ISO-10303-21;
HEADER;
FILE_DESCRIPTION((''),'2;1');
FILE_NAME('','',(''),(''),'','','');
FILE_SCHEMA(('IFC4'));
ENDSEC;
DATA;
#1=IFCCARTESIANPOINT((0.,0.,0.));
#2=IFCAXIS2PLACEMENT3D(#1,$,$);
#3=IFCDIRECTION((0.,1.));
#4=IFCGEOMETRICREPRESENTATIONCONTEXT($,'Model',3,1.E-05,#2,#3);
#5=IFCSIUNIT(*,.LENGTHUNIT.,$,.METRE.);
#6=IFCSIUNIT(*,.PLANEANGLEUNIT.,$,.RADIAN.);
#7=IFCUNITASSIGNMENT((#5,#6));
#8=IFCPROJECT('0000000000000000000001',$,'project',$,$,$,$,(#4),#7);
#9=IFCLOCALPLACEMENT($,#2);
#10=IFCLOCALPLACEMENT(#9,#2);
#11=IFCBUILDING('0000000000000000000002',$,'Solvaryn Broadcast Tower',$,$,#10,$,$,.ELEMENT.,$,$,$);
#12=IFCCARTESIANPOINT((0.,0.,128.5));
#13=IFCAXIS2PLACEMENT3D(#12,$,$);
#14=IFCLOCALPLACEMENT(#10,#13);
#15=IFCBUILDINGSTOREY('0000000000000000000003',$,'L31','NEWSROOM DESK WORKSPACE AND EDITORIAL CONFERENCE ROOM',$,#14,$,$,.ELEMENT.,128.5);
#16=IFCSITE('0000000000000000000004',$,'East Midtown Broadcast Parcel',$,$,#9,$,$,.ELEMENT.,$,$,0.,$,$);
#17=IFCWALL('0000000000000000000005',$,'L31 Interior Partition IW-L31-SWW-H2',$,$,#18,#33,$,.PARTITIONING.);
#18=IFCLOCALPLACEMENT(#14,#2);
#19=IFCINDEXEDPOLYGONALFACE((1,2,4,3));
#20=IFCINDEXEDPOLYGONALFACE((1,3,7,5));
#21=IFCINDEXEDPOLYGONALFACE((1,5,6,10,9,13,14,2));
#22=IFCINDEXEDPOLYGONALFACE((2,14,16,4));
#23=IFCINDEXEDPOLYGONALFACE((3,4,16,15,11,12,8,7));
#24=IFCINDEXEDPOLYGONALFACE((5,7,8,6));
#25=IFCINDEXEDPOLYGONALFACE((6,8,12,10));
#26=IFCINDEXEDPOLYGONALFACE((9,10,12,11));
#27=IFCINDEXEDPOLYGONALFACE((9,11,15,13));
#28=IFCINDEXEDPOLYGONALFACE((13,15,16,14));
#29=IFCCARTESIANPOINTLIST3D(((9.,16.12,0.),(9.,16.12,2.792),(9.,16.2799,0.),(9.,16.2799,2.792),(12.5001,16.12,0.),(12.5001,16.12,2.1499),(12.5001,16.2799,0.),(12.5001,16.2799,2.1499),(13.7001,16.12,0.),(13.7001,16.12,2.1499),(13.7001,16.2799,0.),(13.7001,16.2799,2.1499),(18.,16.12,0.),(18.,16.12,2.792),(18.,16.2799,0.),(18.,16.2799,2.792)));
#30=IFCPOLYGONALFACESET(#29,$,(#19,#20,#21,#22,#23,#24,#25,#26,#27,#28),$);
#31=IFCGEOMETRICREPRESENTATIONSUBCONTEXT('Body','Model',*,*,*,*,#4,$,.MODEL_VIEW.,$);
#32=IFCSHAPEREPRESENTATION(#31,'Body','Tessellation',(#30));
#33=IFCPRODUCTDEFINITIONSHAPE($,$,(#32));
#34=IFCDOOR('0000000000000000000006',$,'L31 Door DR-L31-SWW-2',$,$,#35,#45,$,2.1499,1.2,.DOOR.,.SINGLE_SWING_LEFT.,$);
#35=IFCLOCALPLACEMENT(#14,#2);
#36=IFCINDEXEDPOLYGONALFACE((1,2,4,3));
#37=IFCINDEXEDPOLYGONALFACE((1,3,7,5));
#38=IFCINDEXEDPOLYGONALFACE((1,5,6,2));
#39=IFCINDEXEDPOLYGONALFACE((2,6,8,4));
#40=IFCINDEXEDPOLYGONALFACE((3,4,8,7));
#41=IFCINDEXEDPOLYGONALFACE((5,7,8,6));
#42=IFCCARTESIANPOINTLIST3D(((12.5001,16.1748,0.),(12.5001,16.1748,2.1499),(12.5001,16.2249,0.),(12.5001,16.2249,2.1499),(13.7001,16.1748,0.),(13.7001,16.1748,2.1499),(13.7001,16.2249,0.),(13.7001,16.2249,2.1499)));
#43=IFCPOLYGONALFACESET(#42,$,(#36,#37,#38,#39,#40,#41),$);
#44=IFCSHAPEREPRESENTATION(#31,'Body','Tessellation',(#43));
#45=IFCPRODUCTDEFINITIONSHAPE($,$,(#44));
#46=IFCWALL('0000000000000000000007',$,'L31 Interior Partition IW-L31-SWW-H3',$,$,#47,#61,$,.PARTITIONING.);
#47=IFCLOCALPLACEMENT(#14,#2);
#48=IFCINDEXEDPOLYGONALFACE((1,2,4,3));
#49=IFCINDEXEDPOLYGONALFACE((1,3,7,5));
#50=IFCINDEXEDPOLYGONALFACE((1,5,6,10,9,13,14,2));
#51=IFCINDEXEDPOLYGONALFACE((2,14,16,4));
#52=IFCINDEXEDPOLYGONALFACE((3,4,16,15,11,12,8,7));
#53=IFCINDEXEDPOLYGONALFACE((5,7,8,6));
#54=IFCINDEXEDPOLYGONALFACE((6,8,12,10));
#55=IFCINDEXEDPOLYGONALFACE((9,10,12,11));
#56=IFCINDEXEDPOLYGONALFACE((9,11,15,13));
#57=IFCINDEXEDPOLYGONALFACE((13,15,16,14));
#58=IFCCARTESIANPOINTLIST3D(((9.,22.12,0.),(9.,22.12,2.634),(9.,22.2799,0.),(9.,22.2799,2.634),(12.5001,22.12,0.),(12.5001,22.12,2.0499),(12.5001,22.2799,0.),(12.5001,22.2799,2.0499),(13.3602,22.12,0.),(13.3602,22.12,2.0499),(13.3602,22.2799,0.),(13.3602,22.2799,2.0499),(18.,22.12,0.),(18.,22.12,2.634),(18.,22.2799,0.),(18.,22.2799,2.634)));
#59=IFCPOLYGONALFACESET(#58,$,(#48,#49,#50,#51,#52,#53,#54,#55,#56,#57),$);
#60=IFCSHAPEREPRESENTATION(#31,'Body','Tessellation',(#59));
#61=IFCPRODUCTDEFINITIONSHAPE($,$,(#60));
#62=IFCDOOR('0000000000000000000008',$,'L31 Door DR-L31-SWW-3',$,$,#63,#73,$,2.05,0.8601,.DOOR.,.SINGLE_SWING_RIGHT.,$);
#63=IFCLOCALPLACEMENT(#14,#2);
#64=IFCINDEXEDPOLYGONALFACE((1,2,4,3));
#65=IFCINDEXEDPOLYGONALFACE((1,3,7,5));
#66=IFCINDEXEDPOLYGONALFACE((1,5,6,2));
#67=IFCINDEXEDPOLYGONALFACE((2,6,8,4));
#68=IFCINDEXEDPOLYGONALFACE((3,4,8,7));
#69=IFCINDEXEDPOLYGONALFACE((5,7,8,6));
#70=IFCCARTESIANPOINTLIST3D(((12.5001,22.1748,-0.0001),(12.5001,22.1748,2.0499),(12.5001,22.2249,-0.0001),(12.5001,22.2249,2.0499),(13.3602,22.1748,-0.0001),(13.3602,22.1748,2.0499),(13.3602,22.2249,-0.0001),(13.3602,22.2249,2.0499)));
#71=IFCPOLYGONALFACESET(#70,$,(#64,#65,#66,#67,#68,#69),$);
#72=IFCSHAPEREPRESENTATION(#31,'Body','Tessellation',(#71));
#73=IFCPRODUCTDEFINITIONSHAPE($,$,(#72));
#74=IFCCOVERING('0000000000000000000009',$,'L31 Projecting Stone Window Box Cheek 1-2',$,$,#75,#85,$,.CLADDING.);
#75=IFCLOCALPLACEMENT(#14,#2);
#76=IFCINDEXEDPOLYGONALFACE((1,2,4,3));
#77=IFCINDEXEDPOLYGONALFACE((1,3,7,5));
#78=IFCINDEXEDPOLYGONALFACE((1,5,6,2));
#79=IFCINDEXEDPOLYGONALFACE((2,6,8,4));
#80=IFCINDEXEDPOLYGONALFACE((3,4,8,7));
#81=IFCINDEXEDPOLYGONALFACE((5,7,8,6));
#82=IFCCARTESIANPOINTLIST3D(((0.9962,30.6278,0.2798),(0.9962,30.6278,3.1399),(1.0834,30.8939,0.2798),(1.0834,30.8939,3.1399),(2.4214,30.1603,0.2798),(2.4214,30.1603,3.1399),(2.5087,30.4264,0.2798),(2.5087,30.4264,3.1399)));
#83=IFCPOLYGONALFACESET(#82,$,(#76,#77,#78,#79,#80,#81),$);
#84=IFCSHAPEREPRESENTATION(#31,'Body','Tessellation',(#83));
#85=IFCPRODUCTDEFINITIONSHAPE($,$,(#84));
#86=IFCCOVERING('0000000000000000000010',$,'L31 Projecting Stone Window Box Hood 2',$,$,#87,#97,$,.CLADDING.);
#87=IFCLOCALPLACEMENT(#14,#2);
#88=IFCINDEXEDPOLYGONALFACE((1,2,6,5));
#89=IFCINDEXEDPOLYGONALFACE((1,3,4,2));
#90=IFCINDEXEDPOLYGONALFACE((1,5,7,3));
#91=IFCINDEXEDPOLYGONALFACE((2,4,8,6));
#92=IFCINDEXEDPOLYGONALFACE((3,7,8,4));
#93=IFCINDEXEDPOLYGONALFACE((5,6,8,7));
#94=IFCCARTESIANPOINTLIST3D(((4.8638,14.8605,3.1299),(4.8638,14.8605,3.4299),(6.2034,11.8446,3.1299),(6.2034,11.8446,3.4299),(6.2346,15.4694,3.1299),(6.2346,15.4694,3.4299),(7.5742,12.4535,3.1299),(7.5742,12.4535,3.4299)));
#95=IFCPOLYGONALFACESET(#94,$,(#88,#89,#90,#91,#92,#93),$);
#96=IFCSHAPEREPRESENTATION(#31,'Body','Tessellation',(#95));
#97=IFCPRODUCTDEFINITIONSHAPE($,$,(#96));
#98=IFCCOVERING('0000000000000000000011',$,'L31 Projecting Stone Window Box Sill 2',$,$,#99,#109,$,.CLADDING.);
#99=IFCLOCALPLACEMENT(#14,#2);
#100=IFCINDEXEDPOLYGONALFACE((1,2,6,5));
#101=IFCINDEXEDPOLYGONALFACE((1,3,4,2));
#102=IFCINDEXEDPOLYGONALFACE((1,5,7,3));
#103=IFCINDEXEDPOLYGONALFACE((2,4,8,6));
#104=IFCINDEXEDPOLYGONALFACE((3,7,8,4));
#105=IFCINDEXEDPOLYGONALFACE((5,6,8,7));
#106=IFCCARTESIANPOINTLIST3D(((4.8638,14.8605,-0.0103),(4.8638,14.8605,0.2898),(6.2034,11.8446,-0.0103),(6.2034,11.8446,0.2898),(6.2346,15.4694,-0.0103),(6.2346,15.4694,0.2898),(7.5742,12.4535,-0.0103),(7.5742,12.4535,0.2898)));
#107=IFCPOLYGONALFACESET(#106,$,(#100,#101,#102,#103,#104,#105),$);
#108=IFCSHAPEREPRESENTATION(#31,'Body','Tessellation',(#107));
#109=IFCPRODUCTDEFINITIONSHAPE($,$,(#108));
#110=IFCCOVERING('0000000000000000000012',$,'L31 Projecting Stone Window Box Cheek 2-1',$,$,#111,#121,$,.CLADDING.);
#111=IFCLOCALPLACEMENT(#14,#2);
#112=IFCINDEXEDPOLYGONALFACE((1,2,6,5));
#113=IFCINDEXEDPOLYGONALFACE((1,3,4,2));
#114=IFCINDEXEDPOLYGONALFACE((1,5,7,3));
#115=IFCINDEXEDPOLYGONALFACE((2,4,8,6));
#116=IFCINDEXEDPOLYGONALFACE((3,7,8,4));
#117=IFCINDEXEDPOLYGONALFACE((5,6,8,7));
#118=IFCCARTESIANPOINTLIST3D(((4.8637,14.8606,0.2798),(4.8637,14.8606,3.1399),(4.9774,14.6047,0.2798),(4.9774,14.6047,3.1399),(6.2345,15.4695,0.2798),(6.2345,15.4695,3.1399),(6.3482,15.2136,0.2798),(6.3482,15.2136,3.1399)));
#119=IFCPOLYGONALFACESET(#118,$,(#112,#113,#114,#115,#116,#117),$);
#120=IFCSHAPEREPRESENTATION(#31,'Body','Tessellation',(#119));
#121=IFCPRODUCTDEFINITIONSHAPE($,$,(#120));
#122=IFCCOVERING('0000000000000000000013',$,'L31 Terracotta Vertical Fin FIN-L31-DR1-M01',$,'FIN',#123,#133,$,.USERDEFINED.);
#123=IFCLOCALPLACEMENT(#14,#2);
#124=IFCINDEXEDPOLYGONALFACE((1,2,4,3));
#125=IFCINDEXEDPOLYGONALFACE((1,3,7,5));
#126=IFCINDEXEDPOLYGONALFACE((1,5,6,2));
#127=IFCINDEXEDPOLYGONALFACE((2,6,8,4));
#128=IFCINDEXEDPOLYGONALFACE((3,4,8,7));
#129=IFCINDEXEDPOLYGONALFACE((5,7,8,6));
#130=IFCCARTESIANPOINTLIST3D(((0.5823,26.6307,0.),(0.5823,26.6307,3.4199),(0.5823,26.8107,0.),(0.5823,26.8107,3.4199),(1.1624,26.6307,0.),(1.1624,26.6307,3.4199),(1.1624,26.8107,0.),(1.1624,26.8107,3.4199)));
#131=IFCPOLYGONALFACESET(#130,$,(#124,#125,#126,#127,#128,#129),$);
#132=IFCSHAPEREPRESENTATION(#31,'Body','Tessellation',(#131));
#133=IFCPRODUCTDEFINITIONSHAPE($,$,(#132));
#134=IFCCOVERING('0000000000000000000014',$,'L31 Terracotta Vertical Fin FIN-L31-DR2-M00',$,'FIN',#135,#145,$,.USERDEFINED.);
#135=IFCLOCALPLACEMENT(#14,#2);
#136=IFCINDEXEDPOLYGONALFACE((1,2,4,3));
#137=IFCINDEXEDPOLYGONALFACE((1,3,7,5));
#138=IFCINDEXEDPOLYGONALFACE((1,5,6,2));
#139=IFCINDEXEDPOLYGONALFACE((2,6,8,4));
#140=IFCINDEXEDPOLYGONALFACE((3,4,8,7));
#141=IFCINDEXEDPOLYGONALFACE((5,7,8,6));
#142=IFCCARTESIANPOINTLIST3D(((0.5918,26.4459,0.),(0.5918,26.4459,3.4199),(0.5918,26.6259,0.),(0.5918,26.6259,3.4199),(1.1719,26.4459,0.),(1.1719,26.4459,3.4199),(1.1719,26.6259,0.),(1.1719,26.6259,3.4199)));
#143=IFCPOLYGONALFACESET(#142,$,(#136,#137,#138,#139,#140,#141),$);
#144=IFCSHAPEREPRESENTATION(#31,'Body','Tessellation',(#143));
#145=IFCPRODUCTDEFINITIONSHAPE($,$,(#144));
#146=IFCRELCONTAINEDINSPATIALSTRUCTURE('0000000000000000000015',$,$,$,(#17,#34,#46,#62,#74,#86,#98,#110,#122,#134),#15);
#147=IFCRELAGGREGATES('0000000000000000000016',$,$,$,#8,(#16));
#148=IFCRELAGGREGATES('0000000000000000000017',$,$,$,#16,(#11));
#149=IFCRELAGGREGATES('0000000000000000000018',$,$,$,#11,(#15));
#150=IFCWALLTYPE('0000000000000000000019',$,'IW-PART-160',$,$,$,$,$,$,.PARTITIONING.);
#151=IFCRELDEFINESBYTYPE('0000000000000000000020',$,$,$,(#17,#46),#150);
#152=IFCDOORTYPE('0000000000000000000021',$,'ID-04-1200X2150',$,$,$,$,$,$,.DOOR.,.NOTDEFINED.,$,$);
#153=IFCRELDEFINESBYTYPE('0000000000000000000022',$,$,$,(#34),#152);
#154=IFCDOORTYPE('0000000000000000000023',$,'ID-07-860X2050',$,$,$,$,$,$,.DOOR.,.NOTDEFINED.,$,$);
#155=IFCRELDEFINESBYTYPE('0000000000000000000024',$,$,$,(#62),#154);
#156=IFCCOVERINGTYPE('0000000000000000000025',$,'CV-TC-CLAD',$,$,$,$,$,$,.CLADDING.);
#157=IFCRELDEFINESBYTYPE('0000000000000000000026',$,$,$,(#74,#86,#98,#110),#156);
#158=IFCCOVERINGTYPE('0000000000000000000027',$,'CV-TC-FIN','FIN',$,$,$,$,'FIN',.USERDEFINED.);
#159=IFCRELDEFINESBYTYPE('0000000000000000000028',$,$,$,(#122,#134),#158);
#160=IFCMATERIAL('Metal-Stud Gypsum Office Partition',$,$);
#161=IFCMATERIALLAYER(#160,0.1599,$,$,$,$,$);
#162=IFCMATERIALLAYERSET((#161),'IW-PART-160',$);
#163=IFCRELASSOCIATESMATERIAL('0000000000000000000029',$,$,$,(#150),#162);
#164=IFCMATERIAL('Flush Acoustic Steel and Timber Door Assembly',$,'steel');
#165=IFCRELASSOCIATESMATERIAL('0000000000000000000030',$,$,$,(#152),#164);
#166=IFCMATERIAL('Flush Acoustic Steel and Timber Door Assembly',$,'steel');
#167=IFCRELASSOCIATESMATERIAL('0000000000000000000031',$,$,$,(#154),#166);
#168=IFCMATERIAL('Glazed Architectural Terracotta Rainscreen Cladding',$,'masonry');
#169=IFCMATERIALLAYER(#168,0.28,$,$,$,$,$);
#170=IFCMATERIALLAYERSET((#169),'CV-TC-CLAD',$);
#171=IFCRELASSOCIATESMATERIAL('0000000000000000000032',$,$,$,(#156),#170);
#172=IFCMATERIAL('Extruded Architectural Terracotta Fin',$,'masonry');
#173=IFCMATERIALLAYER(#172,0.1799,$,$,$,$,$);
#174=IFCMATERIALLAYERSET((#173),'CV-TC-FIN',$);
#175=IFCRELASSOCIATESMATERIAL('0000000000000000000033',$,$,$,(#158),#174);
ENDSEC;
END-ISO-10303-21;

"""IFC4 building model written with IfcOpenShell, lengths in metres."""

from ifc_helpers import new_model, si_unit, direction, frame, frame_2d, origin, origin_2d, place, context, subcontext, project, spatial, rectangle, extrude, material, layer, layer_set, type_object, element, fill, save


model = new_model("IFC4")

# Units and contexts
model_context = context("Model", 3, precision=1e-05, world=origin(), true_north=direction((0.0, 1.0)))
body_context = subcontext(model_context, "Body", "Model", "MODEL_VIEW")
ifc_project = project(units=[si_unit("LENGTHUNIT", "METRE"), si_unit("PLANEANGLEUNIT", "RADIAN")], contexts=[model_context])

# Site, building, storey
site_placement = place(None, origin())
site = spatial("IfcSite", under=ifc_project, at=site_placement, Name="East Midtown Broadcast Parcel", CompositionType="ELEMENT", RefElevation=0.0)
building_placement = place(site_placement, origin())
building = spatial("IfcBuilding", under=site, at=building_placement, Name="Solvaryn Broadcast Tower", CompositionType="ELEMENT")
storey_placement = place(building_placement, frame((0.0, 0.0, 128.5)))
storey = spatial("IfcBuildingStorey", under=building, at=storey_placement, Name="L31", Description="NEWSROOM DESK WORKSPACE AND EDITORIAL CONFERENCE ROOM", CompositionType="ELEMENT", Elevation=128.5)

# Walls, openings, doors
ifc_material_1 = material(Name="Metal-Stud Gypsum Office Partition")
ifc_layer_1 = layer(ifc_material_1, 0.1599)
ifc_layer_set_1 = layer_set([ifc_layer_1], Name="IW-PART-160")
wall_type = type_object("IfcWallType", Name="IW-PART-160", PredefinedType="PARTITIONING", material=ifc_layer_set_1)
wall_1_placement = place(storey_placement, frame((9.0, 16.2, 0.0), z_axis=(0.0, 0.0, 1.0), x_axis=(1.0, 0.0, 0.0)))
wall_1 = element("IfcWall", 1, at=wall_1_placement, inside=storey, type_object=wall_type, Name="L31 Interior Partition IW-L31-SWW-H2", PredefinedType="PARTITIONING", context=body_context, shape_type="SweptSolid", body=[
    extrude(rectangle(XDim=9.0, YDim=0.1599, at=frame_2d((4.5, 0.0))), origin(), (0.0, 0.0, 1.0), 2.792),
])
opening_1_placement = place(wall_1_placement, frame((3.5, 0.0, 0.0)))
opening_1 = element("IfcOpeningElement", 2, at=opening_1_placement, cuts=wall_1, PredefinedType="OPENING", context=body_context, shape_type="SweptSolid", body=[
    extrude(rectangle(XDim=1.2, YDim=2.1499, at=frame_2d((0.6001, 1.075))), frame((0.0, 0.0901, 0.0), z_axis=(0.0, -1.0, 0.0), x_axis=(1.0, 0.0, 0.0)), (0.0, 0.0, 1.0), 0.1799),
])
ifc_material_2 = material(Name="Flush Acoustic Steel and Timber Door Assembly", Category="steel")
door_type_1 = type_object("IfcDoorType", Name="ID-04-1200X2150", OperationType="NOTDEFINED", PredefinedType="DOOR", material=ifc_material_2)
door_1_placement = place(opening_1_placement, origin())
door_1 = element("IfcDoor", 3, at=door_1_placement, inside=storey, type_object=door_type_1, Name="L31 Door DR-L31-SWW-2", OperationType="SINGLE_SWING_LEFT", OverallHeight=2.1499, OverallWidth=1.2, PredefinedType="DOOR", context=body_context, shape_type="SweptSolid", body=[
    extrude(rectangle(XDim=1.2, YDim=2.1499, at=frame_2d((0.6001, 1.075))), frame((0.0, 0.0249, 0.0), z_axis=(0.0, -1.0, 0.0), x_axis=(1.0, 0.0, 0.0)), (0.0, 0.0, 1.0), 0.05),
])
fill(opening_1, door_1)
wall_2_placement = place(storey_placement, frame((9.0, 22.2, 0.0), z_axis=(0.0, 0.0, 1.0), x_axis=(1.0, 0.0, 0.0)))
wall_2 = element("IfcWall", 4, at=wall_2_placement, inside=storey, type_object=wall_type, Name="L31 Interior Partition IW-L31-SWW-H3", PredefinedType="PARTITIONING", context=body_context, shape_type="SweptSolid", body=[
    extrude(rectangle(XDim=9.0, YDim=0.1599, at=frame_2d((4.5, 0.0))), origin(), (0.0, 0.0, 1.0), 2.634),
])
opening_2_placement = place(wall_2_placement, frame((3.5, 0.0, 0.0)))
opening_2 = element("IfcOpeningElement", 5, at=opening_2_placement, cuts=wall_2, PredefinedType="OPENING", context=body_context, shape_type="SweptSolid", body=[
    extrude(rectangle(XDim=0.8601, YDim=2.05, at=frame_2d((0.4302, 1.0249))), frame((0.0, 0.0901, 0.0), z_axis=(0.0, -1.0, 0.0), x_axis=(1.0, 0.0, 0.0)), (0.0, 0.0, 1.0), 0.1799),
])
ifc_material_3 = material(Name="Flush Acoustic Steel and Timber Door Assembly", Category="steel")
door_type_2 = type_object("IfcDoorType", Name="ID-07-860X2050", OperationType="NOTDEFINED", PredefinedType="DOOR", material=ifc_material_3)
door_2_placement = place(opening_2_placement, origin())
door_2 = element("IfcDoor", 6, at=door_2_placement, inside=storey, type_object=door_type_2, Name="L31 Door DR-L31-SWW-3", OperationType="SINGLE_SWING_RIGHT", OverallHeight=2.05, OverallWidth=0.8601, PredefinedType="DOOR", context=body_context, shape_type="SweptSolid", body=[
    extrude(rectangle(XDim=0.8601, YDim=2.05, at=frame_2d((0.4302, 1.0249))), frame((0.0, 0.0249, 0.0), z_axis=(0.0, -1.0, 0.0), x_axis=(1.0, 0.0, 0.0)), (0.0, 0.0, 1.0), 0.05),
])
fill(opening_2, door_2)

# Coverings
ifc_material_4 = material(Name="Glazed Architectural Terracotta Rainscreen Cladding", Category="masonry")
ifc_layer_2 = layer(ifc_material_4, 0.28)
ifc_layer_set_2 = layer_set([ifc_layer_2], Name="CV-TC-CLAD")
covering_type_1 = type_object("IfcCoveringType", Name="CV-TC-CLAD", PredefinedType="CLADDING", material=ifc_layer_set_2)
covering_1_placement = place(storey_placement, frame((1.7524, 30.5271, 0.2798), z_axis=(0.0, 0.0, 1.0), x_axis=(-0.311672, -0.95019, 0.0)))
element("IfcCovering", 7, at=covering_1_placement, inside=storey, type_object=covering_type_1, Name="L31 Projecting Stone Window Box Cheek 1-2", PredefinedType="CLADDING", context=body_context, shape_type="SweptSolid", body=[
    extrude(rectangle(XDim=0.28, YDim=1.5, at=origin_2d()), origin(), (0.0, 0.0, 1.0), 2.8601),
])
for number, where, z_axis, x_axis, name in (
    (8, (6.219, 13.657, 3.1299), (0.0, 0.0, 1.0), (0.405939, -0.9139, 0.0), "L31 Projecting Stone Window Box Hood 2"),
    (9, (6.219, 13.657, -0.0103), (0.0, 0.0, 1.0), (0.405939, -0.9139, 0.0), "L31 Projecting Stone Window Box Sill 2"),
):
    element("IfcCovering", number, at=place(storey_placement, frame(where, z_axis=z_axis, x_axis=x_axis)), inside=storey, type_object=covering_type_1, Name=name, PredefinedType="CLADDING", context=body_context, shape_type="SweptSolid", body=[
        extrude(rectangle(XDim=3.3, YDim=1.5, at=origin_2d()), origin(), (0.0, 0.0, 1.0), 0.3),
    ])
covering_2_placement = place(storey_placement, frame((5.606, 15.0371, 0.2798), z_axis=(0.0, 0.0, 1.0), x_axis=(0.405939, -0.9139, 0.0)))
element("IfcCovering", 10, at=covering_2_placement, inside=storey, type_object=covering_type_1, Name="L31 Projecting Stone Window Box Cheek 2-1", PredefinedType="CLADDING", context=body_context, shape_type="SweptSolid", body=[
    extrude(rectangle(XDim=0.28, YDim=1.5, at=origin_2d()), origin(), (0.0, 0.0, 1.0), 2.8601),
])
ifc_material_5 = material(Name="Extruded Architectural Terracotta Fin", Category="masonry")
ifc_layer_3 = layer(ifc_material_5, 0.1799)
ifc_layer_set_3 = layer_set([ifc_layer_3], Name="CV-TC-FIN")
covering_type_2 = type_object("IfcCoveringType", Name="CV-TC-FIN", Description="FIN", ElementType="FIN", PredefinedType="USERDEFINED", material=ifc_layer_set_3)
for number, where, z_axis, x_axis, name in (
    (11, (0.8723, 26.7207, 0.0), (0.0, 0.0, 1.0), (1.0, 0.0, 0.0), "L31 Terracotta Vertical Fin FIN-L31-DR1-M01"),
    (12, (0.8818, 26.5359, 0.0), (0.0, 0.0, 1.0), (1.0, 0.0, 0.0), "L31 Terracotta Vertical Fin FIN-L31-DR2-M00"),
):
    element("IfcCovering", number, at=place(storey_placement, frame(where, z_axis=z_axis, x_axis=x_axis)), inside=storey, type_object=covering_type_2, Name=name, ObjectType="FIN", PredefinedType="USERDEFINED", context=body_context, shape_type="SweptSolid", body=[
        extrude(rectangle(XDim=0.5801, YDim=0.1799, at=origin_2d()), origin(), (0.0, 0.0, 1.0), 3.4199),
    ])

save(model, "model.ifc")
